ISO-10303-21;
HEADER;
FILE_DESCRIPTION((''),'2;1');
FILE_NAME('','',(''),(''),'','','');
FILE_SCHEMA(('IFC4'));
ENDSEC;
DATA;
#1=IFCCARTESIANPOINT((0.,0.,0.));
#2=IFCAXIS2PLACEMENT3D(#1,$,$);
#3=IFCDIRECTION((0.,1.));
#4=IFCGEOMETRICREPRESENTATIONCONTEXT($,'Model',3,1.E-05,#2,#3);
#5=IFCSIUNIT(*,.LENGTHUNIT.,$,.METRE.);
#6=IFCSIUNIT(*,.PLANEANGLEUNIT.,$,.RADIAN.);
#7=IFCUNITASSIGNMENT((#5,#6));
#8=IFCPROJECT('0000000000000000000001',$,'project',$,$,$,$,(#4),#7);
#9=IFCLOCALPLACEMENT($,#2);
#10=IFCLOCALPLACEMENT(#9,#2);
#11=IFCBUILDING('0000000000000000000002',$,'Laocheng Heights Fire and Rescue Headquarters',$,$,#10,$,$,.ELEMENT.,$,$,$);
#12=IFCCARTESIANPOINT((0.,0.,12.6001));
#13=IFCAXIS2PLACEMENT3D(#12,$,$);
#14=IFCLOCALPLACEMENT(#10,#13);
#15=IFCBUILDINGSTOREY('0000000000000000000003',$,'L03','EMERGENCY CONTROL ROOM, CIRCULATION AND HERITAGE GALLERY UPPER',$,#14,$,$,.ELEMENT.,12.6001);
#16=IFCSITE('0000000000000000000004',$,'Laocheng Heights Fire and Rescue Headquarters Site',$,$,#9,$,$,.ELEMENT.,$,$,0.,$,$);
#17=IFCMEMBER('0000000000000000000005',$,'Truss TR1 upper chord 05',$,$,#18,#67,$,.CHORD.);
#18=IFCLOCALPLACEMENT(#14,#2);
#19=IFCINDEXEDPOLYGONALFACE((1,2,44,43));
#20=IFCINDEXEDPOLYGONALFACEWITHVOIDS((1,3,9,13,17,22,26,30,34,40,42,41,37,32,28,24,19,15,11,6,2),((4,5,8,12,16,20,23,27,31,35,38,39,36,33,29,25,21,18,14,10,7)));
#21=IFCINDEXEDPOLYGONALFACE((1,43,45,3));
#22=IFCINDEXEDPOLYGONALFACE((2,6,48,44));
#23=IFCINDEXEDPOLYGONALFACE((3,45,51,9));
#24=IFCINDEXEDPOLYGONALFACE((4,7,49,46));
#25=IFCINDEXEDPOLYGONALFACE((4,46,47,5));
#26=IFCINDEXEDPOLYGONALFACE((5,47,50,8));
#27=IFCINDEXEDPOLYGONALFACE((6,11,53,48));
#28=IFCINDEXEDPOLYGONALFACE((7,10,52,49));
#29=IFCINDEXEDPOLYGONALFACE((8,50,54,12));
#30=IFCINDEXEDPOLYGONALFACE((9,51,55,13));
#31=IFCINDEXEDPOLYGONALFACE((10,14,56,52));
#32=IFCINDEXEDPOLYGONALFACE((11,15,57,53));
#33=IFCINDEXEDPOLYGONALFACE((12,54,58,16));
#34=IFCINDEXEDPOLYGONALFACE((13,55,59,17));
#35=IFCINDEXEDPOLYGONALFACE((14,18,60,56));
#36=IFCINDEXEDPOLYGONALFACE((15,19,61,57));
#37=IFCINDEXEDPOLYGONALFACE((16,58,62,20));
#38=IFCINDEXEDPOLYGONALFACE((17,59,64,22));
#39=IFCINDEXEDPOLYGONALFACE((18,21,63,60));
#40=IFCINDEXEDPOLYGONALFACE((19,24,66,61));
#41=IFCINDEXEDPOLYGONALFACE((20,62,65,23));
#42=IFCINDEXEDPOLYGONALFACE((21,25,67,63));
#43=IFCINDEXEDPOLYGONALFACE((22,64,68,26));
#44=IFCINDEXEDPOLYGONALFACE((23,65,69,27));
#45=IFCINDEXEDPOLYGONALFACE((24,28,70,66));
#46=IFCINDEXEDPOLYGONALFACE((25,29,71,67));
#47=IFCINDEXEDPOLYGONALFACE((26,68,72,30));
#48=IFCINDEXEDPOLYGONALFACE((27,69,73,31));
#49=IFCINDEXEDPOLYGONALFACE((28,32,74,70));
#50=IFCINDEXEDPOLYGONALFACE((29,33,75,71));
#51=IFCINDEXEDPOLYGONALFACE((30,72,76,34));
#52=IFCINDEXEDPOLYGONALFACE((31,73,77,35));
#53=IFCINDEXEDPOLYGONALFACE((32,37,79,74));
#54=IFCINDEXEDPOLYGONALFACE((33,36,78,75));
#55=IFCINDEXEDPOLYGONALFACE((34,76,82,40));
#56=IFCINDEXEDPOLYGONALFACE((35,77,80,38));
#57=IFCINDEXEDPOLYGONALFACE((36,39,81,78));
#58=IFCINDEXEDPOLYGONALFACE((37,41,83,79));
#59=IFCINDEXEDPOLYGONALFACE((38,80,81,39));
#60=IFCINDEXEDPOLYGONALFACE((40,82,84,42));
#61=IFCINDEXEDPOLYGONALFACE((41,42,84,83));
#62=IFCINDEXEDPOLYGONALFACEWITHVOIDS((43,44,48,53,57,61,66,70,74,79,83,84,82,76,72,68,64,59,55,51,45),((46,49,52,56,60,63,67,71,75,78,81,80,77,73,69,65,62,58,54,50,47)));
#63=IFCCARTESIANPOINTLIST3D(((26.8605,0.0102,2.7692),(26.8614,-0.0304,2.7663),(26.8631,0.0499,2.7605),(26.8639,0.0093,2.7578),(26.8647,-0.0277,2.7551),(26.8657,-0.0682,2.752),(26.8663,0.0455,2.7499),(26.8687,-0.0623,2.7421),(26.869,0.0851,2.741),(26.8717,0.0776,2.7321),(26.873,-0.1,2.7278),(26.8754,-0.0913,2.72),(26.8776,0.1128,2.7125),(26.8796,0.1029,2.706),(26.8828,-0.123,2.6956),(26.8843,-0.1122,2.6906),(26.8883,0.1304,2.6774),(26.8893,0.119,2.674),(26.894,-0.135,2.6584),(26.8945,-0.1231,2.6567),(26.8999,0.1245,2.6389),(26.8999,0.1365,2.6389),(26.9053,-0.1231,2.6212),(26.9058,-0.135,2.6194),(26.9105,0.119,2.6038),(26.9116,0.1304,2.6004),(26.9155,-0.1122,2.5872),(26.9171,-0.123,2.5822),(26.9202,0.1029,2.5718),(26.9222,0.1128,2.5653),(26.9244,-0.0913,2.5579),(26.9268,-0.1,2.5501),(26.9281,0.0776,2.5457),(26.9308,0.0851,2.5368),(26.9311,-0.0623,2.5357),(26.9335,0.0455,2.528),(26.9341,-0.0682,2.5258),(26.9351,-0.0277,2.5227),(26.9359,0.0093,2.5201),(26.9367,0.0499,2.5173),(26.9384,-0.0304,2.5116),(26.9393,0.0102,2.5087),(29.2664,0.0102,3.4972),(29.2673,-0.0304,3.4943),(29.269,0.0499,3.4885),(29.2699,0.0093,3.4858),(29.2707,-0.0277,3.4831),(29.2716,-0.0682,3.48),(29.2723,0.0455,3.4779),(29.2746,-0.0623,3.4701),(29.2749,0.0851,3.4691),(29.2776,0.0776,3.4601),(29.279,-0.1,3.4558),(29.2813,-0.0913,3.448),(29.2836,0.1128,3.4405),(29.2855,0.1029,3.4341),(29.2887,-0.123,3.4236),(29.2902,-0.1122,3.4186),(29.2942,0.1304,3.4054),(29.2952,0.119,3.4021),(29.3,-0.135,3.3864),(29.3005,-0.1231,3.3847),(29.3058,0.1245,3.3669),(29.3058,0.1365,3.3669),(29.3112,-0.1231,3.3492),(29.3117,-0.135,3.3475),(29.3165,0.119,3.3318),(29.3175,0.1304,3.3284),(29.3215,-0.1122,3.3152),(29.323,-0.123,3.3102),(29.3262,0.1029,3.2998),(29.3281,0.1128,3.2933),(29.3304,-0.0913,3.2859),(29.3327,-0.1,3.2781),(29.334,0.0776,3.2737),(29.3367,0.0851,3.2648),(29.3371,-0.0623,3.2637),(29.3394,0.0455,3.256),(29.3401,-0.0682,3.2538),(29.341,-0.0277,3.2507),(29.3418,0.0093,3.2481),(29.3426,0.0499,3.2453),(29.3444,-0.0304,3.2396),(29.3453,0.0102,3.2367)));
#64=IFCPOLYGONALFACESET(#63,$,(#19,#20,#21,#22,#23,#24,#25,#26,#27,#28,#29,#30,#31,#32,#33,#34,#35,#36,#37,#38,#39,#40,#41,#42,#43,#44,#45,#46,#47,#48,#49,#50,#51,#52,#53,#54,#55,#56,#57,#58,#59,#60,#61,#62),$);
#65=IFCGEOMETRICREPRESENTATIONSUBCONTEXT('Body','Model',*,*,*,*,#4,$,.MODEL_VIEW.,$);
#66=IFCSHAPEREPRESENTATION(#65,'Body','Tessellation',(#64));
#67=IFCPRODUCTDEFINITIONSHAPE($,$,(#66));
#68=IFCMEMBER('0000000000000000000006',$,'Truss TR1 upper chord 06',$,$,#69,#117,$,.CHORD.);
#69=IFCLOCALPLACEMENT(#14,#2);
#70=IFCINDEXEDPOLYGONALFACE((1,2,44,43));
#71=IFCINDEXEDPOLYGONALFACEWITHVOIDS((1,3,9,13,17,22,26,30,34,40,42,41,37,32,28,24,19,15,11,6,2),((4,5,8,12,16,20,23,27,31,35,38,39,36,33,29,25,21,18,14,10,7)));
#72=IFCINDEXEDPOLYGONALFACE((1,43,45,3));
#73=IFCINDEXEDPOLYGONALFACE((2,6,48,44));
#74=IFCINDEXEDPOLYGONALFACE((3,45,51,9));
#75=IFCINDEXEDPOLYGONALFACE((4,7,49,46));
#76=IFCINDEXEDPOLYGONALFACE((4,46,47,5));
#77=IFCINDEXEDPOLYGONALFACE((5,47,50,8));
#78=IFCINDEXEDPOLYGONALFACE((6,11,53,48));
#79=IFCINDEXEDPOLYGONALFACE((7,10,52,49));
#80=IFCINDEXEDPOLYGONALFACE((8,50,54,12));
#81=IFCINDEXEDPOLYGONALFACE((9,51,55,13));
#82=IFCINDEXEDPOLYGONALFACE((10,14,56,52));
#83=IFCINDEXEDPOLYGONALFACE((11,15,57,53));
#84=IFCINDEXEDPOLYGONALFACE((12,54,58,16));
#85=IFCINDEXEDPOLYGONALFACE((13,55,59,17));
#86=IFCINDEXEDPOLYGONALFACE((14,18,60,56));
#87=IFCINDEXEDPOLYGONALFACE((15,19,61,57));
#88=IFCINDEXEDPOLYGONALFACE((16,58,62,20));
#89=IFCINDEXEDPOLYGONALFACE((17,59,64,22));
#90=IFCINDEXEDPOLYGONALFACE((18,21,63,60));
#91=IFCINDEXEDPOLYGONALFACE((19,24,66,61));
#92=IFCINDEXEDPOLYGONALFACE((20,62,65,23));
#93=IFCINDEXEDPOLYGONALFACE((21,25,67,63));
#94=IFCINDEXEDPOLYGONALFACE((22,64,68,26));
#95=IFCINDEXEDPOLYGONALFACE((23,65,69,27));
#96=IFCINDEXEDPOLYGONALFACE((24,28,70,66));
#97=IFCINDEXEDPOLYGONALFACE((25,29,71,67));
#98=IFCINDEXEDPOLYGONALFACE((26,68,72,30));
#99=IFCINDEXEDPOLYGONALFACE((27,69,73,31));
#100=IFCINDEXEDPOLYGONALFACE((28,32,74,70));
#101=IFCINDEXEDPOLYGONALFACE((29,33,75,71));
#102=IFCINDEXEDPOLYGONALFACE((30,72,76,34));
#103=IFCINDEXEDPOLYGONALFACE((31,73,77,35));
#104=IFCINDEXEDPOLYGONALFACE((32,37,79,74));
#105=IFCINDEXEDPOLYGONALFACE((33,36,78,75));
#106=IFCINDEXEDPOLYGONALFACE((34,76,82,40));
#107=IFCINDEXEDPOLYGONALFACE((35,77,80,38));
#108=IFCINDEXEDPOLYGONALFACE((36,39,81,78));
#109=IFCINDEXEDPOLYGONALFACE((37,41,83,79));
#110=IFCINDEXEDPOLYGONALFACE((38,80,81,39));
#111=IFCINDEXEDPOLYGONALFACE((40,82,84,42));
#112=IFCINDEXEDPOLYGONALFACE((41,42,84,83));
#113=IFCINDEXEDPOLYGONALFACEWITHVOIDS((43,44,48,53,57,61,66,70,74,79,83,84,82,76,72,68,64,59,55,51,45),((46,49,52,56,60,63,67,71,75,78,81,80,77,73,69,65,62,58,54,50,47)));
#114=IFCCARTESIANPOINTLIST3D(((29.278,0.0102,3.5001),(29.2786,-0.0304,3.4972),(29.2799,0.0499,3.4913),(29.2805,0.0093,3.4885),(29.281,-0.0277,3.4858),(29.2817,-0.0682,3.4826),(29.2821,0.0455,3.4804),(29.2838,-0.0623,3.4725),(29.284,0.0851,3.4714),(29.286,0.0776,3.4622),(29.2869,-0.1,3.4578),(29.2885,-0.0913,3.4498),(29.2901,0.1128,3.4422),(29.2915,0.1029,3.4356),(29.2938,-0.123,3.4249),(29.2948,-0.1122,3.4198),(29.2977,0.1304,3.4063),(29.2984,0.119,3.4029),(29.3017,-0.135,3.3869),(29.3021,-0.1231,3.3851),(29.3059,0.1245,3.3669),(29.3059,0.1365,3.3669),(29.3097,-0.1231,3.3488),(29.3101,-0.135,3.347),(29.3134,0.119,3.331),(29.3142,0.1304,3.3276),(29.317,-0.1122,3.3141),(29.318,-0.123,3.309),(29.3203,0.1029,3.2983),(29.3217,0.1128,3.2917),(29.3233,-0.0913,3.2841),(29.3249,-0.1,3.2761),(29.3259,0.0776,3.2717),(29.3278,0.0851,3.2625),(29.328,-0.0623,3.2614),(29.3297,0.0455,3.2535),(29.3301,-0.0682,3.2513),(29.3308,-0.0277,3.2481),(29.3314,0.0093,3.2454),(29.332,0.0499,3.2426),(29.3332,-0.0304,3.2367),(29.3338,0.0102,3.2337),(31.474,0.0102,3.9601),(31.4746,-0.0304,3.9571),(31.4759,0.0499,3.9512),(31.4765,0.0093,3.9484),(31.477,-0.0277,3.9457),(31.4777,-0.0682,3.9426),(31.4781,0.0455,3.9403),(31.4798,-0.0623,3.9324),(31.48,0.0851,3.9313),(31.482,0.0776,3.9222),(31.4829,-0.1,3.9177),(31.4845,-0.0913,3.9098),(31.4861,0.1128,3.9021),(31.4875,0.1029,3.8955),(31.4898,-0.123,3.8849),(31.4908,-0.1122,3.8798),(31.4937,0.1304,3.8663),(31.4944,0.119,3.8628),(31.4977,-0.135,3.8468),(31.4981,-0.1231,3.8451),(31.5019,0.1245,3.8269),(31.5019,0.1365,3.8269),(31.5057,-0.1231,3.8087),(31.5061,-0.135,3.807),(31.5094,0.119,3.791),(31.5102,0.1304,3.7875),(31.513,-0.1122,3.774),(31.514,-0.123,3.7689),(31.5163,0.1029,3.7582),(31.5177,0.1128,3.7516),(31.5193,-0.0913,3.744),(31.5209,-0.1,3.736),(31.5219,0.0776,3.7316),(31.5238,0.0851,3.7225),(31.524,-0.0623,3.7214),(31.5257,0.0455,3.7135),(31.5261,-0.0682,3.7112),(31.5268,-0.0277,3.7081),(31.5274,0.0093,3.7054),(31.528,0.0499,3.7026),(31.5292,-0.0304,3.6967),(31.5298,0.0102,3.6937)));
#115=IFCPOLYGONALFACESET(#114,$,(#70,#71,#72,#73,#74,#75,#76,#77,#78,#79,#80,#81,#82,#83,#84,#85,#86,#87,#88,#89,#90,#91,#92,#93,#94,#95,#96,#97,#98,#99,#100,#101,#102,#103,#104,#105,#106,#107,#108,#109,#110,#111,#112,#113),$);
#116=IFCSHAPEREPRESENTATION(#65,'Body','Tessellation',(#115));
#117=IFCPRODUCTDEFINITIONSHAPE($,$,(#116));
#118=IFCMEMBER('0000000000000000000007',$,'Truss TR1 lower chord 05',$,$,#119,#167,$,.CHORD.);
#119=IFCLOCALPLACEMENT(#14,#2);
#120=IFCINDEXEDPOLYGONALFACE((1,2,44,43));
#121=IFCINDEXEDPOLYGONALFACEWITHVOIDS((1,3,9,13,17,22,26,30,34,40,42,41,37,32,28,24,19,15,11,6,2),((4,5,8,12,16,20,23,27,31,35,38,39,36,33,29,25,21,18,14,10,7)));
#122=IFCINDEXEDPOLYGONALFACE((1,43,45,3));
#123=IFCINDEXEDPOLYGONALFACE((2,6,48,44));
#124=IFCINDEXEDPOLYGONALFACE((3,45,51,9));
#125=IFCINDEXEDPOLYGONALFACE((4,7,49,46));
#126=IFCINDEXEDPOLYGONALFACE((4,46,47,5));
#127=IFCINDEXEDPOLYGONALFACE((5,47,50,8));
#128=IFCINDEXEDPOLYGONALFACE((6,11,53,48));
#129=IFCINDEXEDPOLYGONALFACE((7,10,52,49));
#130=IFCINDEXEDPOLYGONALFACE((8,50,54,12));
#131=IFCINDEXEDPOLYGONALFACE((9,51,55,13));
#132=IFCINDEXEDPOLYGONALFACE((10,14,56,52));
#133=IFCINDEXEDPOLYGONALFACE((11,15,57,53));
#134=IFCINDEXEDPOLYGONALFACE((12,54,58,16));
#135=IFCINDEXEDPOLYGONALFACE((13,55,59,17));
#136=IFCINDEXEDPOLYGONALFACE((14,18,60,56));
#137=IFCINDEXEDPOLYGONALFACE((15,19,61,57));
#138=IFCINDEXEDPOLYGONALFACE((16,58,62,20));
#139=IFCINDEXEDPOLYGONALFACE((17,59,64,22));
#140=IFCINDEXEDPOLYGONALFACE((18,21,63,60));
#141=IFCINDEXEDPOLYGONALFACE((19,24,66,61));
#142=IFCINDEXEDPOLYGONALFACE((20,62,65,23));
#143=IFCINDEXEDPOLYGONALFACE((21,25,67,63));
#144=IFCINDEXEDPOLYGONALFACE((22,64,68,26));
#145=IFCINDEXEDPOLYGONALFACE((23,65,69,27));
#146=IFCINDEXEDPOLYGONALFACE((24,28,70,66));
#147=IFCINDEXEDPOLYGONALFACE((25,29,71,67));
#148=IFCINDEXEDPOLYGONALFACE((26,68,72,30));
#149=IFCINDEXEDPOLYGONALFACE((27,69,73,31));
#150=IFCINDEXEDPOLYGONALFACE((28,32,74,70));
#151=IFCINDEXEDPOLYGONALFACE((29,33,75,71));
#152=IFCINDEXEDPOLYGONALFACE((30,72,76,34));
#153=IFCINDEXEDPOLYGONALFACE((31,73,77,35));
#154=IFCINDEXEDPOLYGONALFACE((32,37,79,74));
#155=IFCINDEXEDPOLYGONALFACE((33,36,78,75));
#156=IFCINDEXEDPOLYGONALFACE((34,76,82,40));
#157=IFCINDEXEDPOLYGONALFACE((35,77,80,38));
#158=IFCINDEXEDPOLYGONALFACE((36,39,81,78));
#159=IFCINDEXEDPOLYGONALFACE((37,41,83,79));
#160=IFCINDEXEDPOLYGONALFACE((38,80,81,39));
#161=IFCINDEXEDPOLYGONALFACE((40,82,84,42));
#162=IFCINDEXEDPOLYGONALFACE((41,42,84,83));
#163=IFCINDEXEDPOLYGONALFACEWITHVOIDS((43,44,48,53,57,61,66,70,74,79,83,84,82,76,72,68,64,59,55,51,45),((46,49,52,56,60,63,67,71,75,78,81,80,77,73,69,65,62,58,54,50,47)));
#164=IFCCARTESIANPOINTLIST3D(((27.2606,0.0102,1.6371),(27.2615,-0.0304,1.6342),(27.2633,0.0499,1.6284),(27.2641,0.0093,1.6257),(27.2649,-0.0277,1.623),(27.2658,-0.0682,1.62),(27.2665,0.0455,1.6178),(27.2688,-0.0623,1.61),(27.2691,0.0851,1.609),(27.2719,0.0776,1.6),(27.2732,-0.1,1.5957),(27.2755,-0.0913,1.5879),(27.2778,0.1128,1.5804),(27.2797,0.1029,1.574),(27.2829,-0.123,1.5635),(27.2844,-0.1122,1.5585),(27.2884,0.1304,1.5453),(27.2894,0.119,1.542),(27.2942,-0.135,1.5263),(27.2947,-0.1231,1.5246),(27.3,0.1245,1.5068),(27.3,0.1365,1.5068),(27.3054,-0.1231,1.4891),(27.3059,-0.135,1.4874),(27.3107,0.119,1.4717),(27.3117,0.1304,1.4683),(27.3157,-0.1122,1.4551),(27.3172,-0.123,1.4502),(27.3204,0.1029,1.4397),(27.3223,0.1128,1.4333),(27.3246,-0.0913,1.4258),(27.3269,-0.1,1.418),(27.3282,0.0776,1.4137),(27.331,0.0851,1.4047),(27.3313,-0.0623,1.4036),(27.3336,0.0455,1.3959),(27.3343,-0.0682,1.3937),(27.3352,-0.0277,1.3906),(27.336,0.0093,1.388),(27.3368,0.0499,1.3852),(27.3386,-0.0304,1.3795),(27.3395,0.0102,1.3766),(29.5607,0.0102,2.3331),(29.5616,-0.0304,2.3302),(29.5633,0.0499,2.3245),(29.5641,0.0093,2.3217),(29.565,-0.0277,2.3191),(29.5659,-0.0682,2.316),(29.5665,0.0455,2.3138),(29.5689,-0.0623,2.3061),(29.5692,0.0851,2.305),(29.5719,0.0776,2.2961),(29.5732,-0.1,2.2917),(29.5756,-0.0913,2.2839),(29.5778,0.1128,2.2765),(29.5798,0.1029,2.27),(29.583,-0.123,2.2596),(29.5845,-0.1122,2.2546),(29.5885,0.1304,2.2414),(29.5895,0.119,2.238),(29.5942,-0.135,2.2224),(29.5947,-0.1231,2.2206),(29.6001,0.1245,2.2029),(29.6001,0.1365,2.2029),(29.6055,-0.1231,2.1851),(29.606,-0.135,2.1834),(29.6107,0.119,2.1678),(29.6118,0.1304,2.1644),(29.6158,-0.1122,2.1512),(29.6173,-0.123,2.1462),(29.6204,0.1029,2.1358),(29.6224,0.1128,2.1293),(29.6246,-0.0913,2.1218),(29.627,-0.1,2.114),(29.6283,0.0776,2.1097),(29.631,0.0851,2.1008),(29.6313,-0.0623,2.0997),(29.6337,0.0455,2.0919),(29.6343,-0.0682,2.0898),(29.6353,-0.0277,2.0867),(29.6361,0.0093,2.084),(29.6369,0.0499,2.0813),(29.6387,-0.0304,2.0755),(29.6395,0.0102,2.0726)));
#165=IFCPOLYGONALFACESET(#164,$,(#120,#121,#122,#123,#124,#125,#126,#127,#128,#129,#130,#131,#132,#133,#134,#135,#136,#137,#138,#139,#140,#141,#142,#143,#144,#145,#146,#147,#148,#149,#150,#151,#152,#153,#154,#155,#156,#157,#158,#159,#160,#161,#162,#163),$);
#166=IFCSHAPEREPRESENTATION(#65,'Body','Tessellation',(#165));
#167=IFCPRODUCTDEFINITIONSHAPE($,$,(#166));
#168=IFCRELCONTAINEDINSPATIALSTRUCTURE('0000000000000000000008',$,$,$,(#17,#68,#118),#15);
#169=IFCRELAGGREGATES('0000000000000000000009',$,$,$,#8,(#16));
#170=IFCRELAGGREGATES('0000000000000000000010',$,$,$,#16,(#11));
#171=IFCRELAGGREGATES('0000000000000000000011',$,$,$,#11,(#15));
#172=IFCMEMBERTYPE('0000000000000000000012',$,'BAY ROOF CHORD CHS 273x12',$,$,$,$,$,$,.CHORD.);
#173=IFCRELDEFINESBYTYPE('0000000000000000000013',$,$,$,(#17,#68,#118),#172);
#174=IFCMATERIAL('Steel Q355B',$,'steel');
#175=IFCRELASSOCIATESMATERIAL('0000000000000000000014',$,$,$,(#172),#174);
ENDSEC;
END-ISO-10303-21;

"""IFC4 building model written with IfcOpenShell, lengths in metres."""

from ifc_helpers import new_model, si_unit, direction, frame, origin, origin_2d, place, context, subcontext, project, spatial, hollow_circle, extrude, material, material_profile, profile_set, type_object, element, save


model = new_model("IFC4")

# Units and contexts
model_context = context("Model", 3, precision=1e-05, world=origin(), true_north=direction((0.0, 1.0)))
body_context = subcontext(model_context, "Body", "Model", "MODEL_VIEW")
ifc_project = project(units=[si_unit("LENGTHUNIT", "METRE"), si_unit("PLANEANGLEUNIT", "RADIAN")], contexts=[model_context])

# Site, building, storey
site_placement = place(None, origin())
site = spatial("IfcSite", under=ifc_project, at=site_placement, Name="Laocheng Heights Fire and Rescue Headquarters Site", CompositionType="ELEMENT", RefElevation=0.0)
building_placement = place(site_placement, origin())
building = spatial("IfcBuilding", under=site, at=building_placement, Name="Laocheng Heights Fire and Rescue Headquarters", CompositionType="ELEMENT")
storey_placement = place(building_placement, frame((0.0, 0.0, 12.6001)))
storey = spatial("IfcBuildingStorey", under=building, at=storey_placement, Name="L03", Description="EMERGENCY CONTROL ROOM, CIRCULATION AND HERITAGE GALLERY UPPER", CompositionType="ELEMENT", Elevation=12.6001)

# Members
ifc_material_1 = material(Name="Steel Q355B", Category="steel")
ifc_material_profile_1 = material_profile(ifc_material_1, hollow_circle(Radius=0.1365, WallThickness=0.012, at=origin_2d()), Name="CHS 273x12")
ifc_profile_set_1 = profile_set([ifc_material_profile_1], Name="Steel Q355B")
member_type_1 = type_object("IfcMemberType", Name="BAY ROOF CHORD CHS 273x12", PredefinedType="CHORD", material=ifc_profile_set_1)
member_1_placement = place(storey_placement, frame((26.8999, 0.0, 2.6389), z_axis=(0.957142, 0.0, 0.289619), x_axis=(0.0, 1.0, 0.0)))
element("IfcMember", 1, at=member_1_placement, inside=storey, type_object=member_type_1, Name="Truss TR1 upper chord 05", PredefinedType="CHORD", context=body_context, shape_type="SweptSolid", body=[
    extrude(hollow_circle(Radius=0.1365, WallThickness=0.012, at=origin_2d()), origin(), (0.0, 0.0, 1.0), 2.5137),
])
member_2_placement = place(storey_placement, frame((29.3059, 0.0, 3.3669), z_axis=(0.978762, 0.0, 0.205001), x_axis=(0.0, 1.0, 0.0)))
element("IfcMember", 2, at=member_2_placement, inside=storey, type_object=member_type_1, Name="Truss TR1 upper chord 06", PredefinedType="CHORD", context=body_context, shape_type="SweptSolid", body=[
    extrude(hollow_circle(Radius=0.1365, WallThickness=0.012, at=origin_2d()), origin(), (0.0, 0.0, 1.0), 2.2437),
])
member_3_placement = place(storey_placement, frame((27.3, 0.0, 1.5068), z_axis=(0.957133, 0.0, 0.289649), x_axis=(0.0, 1.0, 0.0)))
element("IfcMember", 3, at=member_3_placement, inside=storey, type_object=member_type_1, Name="Truss TR1 lower chord 05", PredefinedType="CHORD", context=body_context, shape_type="SweptSolid", body=[
    extrude(hollow_circle(Radius=0.1365, WallThickness=0.012, at=origin_2d()), origin(), (0.0, 0.0, 1.0), 2.4031),
])

save(model, "model.ifc")
